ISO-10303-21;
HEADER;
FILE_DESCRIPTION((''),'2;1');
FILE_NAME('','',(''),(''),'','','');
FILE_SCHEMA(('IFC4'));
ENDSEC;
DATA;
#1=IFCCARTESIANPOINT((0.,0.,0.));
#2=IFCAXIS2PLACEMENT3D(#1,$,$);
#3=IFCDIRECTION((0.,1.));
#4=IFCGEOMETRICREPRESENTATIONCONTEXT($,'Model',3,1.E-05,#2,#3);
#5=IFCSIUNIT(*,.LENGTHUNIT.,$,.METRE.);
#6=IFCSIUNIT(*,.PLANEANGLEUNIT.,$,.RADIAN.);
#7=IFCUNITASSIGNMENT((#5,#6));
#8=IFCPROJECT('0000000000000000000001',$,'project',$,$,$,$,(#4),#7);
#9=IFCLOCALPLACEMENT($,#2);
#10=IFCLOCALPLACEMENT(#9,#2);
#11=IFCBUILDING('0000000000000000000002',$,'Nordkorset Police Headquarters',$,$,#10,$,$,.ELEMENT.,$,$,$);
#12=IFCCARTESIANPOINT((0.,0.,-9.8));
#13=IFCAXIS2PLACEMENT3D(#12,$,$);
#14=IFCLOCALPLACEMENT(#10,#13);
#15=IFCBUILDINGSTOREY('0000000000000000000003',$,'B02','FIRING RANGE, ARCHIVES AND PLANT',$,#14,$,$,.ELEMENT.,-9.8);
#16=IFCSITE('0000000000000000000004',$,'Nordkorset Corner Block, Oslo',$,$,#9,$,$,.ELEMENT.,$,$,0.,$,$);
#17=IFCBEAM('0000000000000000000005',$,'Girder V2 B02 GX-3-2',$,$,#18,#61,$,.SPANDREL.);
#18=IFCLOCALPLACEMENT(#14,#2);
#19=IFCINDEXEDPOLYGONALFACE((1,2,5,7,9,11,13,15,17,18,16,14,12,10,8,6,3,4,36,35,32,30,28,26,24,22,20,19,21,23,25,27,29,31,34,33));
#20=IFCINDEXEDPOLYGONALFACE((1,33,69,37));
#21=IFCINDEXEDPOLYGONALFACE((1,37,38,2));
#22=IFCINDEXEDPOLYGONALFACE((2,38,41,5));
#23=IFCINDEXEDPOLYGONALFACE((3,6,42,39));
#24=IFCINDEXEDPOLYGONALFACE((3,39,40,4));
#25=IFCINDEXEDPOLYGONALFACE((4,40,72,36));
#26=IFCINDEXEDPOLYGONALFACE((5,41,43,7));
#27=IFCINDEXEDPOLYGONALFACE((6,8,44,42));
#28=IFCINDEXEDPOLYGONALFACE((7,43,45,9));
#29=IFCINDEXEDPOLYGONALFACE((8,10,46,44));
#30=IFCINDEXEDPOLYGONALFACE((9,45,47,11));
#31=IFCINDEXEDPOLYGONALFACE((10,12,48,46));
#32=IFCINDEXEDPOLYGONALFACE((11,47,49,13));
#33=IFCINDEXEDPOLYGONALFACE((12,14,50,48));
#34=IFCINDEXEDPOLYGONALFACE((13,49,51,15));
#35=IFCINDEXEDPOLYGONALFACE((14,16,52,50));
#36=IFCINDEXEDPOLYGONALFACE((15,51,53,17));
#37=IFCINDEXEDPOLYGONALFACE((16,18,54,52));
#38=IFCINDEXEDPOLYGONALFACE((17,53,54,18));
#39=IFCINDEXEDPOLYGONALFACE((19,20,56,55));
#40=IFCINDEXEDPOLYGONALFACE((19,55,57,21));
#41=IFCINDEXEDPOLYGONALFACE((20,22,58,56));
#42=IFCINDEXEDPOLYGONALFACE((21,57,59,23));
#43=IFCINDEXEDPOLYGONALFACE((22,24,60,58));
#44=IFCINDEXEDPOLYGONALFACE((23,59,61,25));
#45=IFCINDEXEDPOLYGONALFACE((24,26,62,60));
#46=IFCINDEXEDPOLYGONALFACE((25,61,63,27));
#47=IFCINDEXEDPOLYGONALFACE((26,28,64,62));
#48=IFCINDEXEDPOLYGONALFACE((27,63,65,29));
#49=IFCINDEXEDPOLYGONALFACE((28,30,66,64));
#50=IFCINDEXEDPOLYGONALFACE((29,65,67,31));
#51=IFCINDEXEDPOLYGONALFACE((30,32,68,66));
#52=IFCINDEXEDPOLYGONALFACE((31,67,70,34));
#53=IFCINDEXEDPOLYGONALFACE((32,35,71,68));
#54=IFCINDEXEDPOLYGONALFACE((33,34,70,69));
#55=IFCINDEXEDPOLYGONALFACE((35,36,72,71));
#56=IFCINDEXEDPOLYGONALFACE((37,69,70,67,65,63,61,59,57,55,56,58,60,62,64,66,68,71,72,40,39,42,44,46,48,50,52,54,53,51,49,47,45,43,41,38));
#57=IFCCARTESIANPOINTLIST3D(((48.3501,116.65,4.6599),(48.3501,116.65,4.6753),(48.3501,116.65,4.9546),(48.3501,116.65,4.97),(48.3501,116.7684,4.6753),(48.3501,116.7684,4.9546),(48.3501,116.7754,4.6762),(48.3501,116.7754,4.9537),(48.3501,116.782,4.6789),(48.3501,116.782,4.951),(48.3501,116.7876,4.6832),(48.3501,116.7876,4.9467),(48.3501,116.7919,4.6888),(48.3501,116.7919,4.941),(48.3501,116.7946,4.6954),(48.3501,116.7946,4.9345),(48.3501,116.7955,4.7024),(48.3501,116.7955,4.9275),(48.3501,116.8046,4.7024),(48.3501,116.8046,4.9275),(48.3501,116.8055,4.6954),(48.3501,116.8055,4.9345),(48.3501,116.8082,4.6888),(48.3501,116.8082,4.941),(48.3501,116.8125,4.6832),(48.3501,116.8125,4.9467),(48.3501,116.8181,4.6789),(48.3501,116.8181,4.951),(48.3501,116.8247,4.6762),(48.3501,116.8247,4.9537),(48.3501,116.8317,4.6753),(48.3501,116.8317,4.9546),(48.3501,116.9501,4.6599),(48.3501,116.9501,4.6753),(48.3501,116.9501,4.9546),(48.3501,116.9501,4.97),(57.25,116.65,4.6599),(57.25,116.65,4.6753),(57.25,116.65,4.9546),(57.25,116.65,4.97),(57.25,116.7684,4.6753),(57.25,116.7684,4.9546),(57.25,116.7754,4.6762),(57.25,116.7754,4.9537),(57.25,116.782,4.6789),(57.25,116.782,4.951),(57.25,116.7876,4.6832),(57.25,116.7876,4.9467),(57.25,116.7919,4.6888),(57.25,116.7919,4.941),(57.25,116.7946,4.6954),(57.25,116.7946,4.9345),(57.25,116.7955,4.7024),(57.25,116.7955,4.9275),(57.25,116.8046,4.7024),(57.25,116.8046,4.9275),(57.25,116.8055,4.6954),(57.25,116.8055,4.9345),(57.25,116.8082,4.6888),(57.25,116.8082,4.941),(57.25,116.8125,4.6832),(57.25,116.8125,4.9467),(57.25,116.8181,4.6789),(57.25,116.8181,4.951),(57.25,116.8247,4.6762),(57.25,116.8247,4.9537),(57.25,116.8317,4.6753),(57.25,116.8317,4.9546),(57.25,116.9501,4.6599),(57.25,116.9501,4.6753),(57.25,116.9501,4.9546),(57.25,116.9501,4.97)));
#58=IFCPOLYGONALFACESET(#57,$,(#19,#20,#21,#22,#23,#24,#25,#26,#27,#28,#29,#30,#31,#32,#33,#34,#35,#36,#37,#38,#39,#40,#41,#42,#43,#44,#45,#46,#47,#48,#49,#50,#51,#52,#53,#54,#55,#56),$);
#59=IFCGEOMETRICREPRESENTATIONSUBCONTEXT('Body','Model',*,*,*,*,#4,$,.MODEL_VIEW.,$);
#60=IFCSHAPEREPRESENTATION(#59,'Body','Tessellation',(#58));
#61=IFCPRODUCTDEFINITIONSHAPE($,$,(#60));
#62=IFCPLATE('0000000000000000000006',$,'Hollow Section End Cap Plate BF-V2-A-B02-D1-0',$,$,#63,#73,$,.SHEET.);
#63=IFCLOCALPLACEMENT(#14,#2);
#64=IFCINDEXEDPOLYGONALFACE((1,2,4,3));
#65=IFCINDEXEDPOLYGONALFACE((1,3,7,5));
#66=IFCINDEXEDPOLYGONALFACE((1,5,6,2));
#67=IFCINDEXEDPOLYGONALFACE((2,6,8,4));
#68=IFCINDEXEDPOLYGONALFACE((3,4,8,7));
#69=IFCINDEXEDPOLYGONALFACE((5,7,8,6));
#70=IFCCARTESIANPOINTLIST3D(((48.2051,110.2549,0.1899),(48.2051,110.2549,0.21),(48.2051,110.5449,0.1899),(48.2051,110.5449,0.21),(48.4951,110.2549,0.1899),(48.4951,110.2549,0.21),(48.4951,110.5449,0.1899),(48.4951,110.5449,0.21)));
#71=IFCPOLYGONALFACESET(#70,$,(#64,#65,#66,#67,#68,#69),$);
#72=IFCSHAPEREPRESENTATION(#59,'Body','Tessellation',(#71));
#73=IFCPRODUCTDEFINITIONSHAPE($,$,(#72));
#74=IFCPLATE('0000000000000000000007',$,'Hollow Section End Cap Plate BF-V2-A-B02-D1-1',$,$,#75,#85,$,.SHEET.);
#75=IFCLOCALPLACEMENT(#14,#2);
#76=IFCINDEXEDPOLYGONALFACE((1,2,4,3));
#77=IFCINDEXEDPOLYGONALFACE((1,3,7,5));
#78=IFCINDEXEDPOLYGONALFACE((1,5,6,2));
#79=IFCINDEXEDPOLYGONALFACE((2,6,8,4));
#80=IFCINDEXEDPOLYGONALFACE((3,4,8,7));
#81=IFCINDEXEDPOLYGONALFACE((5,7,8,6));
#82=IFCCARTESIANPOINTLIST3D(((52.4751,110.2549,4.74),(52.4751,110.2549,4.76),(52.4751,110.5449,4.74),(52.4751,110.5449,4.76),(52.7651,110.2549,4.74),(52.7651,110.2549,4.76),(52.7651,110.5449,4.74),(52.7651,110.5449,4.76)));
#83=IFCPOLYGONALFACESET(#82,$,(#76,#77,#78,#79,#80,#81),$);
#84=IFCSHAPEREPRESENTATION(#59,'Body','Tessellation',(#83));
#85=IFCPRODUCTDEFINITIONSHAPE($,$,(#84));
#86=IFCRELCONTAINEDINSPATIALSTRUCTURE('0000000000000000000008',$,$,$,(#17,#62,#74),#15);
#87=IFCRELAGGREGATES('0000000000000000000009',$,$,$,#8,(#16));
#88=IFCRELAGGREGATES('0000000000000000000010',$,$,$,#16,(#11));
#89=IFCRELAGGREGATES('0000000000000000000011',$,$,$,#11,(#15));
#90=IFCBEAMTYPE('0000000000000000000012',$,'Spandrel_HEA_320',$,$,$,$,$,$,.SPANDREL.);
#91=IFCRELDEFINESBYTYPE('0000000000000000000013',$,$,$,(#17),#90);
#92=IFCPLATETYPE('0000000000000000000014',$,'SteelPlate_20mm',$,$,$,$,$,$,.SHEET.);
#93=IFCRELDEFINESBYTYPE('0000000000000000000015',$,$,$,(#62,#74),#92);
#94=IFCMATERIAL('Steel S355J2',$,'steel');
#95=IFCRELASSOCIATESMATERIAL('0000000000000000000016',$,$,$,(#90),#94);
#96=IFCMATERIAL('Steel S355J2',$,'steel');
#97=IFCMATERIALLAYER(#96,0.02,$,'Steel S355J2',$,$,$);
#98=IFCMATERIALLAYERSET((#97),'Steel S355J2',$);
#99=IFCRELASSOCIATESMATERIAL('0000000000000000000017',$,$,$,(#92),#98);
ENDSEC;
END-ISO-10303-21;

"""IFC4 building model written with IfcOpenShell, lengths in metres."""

from ifc_helpers import new_model, si_unit, direction, frame, origin, origin_2d, place, context, subcontext, project, spatial, rectangle, i_section, extrude, material, layer, layer_set, material_profile, profile_set, type_object, element, save


model = new_model("IFC4")

# Units and contexts
model_context = context("Model", 3, precision=1e-05, world=origin(), true_north=direction((0.0, 1.0)))
body_context = subcontext(model_context, "Body", "Model", "MODEL_VIEW")
ifc_project = project(units=[si_unit("LENGTHUNIT", "METRE"), si_unit("PLANEANGLEUNIT", "RADIAN")], contexts=[model_context])

# Site, building, storey
site_placement = place(None, origin())
site = spatial("IfcSite", under=ifc_project, at=site_placement, Name="Nordkorset Corner Block, Oslo", CompositionType="ELEMENT", RefElevation=0.0)
building_placement = place(site_placement, origin())
building = spatial("IfcBuilding", under=site, at=building_placement, Name="Nordkorset Police Headquarters", CompositionType="ELEMENT")
storey_placement = place(building_placement, frame((0.0, 0.0, -9.8)))
storey = spatial("IfcBuildingStorey", under=building, at=storey_placement, Name="B02", Description="FIRING RANGE, ARCHIVES AND PLANT", CompositionType="ELEMENT", Elevation=-9.8)

# Beam
ifc_material_1 = material(Name="Steel S355J2", Category="steel")
ifc_material_profile_1 = material_profile(ifc_material_1, i_section(OverallWidth=0.3, OverallDepth=0.3101, WebThickness=0.009, FlangeThickness=0.0154, FilletRadius=0.0271, at=origin_2d()), Name="HEA 320")
ifc_profile_set_1 = profile_set([ifc_material_profile_1], Name="Steel S355J2")
beam_type_1 = type_object("IfcBeamType", Name="Spandrel_HEA_320", PredefinedType="SPANDREL", material=ifc_profile_set_1)
for number, where, z_axis, x_axis, name in (
    (1, (48.3501, 116.8, 4.8149), (1.0, 0.0, 0.0), (0.0, 1.0, 0.0), "Girder V2 B02 GX-3-2"),
):
    element("IfcBeam", number, at=place(storey_placement, frame(where, z_axis=z_axis, x_axis=x_axis)), inside=storey, type_object=beam_type_1, Name=name, PredefinedType="SPANDREL", context=body_context, shape_type="SweptSolid", body=[
        extrude(i_section(OverallWidth=0.3, OverallDepth=0.3101, WebThickness=0.009, FlangeThickness=0.0154, FilletRadius=0.0271, at=origin_2d()), origin(), (0.0, 0.0, 1.0), 8.8999),
    ])

# Plates
ifc_material_2 = material(Name="Steel S355J2", Category="steel")
ifc_layer = layer(ifc_material_2, 0.02, Name="Steel S355J2")
ifc_layer_set = layer_set([ifc_layer], Name="Steel S355J2")
plate_type = type_object("IfcPlateType", Name="SteelPlate_20mm", PredefinedType="SHEET", material=ifc_layer_set)
for number, where, z_axis, x_axis, name in (
    (2, (48.3501, 110.3999, 0.1899), (0.0, 0.0, 1.0), (1.0, 0.0, 0.0), "Hollow Section End Cap Plate BF-V2-A-B02-D1-0"),
    (3, (52.6201, 110.3999, 4.74), (0.0, 0.0, 1.0), (1.0, 0.0, 0.0), "Hollow Section End Cap Plate BF-V2-A-B02-D1-1"),
):
    element("IfcPlate", number, at=place(storey_placement, frame(where, z_axis=z_axis, x_axis=x_axis)), inside=storey, type_object=plate_type, Name=name, PredefinedType="SHEET", context=body_context, shape_type="SweptSolid", body=[
        extrude(rectangle(XDim=0.29, YDim=0.29, at=origin_2d()), origin(), (0.0, 0.0, 1.0), 0.02),
    ])

save(model, "model.ifc")
